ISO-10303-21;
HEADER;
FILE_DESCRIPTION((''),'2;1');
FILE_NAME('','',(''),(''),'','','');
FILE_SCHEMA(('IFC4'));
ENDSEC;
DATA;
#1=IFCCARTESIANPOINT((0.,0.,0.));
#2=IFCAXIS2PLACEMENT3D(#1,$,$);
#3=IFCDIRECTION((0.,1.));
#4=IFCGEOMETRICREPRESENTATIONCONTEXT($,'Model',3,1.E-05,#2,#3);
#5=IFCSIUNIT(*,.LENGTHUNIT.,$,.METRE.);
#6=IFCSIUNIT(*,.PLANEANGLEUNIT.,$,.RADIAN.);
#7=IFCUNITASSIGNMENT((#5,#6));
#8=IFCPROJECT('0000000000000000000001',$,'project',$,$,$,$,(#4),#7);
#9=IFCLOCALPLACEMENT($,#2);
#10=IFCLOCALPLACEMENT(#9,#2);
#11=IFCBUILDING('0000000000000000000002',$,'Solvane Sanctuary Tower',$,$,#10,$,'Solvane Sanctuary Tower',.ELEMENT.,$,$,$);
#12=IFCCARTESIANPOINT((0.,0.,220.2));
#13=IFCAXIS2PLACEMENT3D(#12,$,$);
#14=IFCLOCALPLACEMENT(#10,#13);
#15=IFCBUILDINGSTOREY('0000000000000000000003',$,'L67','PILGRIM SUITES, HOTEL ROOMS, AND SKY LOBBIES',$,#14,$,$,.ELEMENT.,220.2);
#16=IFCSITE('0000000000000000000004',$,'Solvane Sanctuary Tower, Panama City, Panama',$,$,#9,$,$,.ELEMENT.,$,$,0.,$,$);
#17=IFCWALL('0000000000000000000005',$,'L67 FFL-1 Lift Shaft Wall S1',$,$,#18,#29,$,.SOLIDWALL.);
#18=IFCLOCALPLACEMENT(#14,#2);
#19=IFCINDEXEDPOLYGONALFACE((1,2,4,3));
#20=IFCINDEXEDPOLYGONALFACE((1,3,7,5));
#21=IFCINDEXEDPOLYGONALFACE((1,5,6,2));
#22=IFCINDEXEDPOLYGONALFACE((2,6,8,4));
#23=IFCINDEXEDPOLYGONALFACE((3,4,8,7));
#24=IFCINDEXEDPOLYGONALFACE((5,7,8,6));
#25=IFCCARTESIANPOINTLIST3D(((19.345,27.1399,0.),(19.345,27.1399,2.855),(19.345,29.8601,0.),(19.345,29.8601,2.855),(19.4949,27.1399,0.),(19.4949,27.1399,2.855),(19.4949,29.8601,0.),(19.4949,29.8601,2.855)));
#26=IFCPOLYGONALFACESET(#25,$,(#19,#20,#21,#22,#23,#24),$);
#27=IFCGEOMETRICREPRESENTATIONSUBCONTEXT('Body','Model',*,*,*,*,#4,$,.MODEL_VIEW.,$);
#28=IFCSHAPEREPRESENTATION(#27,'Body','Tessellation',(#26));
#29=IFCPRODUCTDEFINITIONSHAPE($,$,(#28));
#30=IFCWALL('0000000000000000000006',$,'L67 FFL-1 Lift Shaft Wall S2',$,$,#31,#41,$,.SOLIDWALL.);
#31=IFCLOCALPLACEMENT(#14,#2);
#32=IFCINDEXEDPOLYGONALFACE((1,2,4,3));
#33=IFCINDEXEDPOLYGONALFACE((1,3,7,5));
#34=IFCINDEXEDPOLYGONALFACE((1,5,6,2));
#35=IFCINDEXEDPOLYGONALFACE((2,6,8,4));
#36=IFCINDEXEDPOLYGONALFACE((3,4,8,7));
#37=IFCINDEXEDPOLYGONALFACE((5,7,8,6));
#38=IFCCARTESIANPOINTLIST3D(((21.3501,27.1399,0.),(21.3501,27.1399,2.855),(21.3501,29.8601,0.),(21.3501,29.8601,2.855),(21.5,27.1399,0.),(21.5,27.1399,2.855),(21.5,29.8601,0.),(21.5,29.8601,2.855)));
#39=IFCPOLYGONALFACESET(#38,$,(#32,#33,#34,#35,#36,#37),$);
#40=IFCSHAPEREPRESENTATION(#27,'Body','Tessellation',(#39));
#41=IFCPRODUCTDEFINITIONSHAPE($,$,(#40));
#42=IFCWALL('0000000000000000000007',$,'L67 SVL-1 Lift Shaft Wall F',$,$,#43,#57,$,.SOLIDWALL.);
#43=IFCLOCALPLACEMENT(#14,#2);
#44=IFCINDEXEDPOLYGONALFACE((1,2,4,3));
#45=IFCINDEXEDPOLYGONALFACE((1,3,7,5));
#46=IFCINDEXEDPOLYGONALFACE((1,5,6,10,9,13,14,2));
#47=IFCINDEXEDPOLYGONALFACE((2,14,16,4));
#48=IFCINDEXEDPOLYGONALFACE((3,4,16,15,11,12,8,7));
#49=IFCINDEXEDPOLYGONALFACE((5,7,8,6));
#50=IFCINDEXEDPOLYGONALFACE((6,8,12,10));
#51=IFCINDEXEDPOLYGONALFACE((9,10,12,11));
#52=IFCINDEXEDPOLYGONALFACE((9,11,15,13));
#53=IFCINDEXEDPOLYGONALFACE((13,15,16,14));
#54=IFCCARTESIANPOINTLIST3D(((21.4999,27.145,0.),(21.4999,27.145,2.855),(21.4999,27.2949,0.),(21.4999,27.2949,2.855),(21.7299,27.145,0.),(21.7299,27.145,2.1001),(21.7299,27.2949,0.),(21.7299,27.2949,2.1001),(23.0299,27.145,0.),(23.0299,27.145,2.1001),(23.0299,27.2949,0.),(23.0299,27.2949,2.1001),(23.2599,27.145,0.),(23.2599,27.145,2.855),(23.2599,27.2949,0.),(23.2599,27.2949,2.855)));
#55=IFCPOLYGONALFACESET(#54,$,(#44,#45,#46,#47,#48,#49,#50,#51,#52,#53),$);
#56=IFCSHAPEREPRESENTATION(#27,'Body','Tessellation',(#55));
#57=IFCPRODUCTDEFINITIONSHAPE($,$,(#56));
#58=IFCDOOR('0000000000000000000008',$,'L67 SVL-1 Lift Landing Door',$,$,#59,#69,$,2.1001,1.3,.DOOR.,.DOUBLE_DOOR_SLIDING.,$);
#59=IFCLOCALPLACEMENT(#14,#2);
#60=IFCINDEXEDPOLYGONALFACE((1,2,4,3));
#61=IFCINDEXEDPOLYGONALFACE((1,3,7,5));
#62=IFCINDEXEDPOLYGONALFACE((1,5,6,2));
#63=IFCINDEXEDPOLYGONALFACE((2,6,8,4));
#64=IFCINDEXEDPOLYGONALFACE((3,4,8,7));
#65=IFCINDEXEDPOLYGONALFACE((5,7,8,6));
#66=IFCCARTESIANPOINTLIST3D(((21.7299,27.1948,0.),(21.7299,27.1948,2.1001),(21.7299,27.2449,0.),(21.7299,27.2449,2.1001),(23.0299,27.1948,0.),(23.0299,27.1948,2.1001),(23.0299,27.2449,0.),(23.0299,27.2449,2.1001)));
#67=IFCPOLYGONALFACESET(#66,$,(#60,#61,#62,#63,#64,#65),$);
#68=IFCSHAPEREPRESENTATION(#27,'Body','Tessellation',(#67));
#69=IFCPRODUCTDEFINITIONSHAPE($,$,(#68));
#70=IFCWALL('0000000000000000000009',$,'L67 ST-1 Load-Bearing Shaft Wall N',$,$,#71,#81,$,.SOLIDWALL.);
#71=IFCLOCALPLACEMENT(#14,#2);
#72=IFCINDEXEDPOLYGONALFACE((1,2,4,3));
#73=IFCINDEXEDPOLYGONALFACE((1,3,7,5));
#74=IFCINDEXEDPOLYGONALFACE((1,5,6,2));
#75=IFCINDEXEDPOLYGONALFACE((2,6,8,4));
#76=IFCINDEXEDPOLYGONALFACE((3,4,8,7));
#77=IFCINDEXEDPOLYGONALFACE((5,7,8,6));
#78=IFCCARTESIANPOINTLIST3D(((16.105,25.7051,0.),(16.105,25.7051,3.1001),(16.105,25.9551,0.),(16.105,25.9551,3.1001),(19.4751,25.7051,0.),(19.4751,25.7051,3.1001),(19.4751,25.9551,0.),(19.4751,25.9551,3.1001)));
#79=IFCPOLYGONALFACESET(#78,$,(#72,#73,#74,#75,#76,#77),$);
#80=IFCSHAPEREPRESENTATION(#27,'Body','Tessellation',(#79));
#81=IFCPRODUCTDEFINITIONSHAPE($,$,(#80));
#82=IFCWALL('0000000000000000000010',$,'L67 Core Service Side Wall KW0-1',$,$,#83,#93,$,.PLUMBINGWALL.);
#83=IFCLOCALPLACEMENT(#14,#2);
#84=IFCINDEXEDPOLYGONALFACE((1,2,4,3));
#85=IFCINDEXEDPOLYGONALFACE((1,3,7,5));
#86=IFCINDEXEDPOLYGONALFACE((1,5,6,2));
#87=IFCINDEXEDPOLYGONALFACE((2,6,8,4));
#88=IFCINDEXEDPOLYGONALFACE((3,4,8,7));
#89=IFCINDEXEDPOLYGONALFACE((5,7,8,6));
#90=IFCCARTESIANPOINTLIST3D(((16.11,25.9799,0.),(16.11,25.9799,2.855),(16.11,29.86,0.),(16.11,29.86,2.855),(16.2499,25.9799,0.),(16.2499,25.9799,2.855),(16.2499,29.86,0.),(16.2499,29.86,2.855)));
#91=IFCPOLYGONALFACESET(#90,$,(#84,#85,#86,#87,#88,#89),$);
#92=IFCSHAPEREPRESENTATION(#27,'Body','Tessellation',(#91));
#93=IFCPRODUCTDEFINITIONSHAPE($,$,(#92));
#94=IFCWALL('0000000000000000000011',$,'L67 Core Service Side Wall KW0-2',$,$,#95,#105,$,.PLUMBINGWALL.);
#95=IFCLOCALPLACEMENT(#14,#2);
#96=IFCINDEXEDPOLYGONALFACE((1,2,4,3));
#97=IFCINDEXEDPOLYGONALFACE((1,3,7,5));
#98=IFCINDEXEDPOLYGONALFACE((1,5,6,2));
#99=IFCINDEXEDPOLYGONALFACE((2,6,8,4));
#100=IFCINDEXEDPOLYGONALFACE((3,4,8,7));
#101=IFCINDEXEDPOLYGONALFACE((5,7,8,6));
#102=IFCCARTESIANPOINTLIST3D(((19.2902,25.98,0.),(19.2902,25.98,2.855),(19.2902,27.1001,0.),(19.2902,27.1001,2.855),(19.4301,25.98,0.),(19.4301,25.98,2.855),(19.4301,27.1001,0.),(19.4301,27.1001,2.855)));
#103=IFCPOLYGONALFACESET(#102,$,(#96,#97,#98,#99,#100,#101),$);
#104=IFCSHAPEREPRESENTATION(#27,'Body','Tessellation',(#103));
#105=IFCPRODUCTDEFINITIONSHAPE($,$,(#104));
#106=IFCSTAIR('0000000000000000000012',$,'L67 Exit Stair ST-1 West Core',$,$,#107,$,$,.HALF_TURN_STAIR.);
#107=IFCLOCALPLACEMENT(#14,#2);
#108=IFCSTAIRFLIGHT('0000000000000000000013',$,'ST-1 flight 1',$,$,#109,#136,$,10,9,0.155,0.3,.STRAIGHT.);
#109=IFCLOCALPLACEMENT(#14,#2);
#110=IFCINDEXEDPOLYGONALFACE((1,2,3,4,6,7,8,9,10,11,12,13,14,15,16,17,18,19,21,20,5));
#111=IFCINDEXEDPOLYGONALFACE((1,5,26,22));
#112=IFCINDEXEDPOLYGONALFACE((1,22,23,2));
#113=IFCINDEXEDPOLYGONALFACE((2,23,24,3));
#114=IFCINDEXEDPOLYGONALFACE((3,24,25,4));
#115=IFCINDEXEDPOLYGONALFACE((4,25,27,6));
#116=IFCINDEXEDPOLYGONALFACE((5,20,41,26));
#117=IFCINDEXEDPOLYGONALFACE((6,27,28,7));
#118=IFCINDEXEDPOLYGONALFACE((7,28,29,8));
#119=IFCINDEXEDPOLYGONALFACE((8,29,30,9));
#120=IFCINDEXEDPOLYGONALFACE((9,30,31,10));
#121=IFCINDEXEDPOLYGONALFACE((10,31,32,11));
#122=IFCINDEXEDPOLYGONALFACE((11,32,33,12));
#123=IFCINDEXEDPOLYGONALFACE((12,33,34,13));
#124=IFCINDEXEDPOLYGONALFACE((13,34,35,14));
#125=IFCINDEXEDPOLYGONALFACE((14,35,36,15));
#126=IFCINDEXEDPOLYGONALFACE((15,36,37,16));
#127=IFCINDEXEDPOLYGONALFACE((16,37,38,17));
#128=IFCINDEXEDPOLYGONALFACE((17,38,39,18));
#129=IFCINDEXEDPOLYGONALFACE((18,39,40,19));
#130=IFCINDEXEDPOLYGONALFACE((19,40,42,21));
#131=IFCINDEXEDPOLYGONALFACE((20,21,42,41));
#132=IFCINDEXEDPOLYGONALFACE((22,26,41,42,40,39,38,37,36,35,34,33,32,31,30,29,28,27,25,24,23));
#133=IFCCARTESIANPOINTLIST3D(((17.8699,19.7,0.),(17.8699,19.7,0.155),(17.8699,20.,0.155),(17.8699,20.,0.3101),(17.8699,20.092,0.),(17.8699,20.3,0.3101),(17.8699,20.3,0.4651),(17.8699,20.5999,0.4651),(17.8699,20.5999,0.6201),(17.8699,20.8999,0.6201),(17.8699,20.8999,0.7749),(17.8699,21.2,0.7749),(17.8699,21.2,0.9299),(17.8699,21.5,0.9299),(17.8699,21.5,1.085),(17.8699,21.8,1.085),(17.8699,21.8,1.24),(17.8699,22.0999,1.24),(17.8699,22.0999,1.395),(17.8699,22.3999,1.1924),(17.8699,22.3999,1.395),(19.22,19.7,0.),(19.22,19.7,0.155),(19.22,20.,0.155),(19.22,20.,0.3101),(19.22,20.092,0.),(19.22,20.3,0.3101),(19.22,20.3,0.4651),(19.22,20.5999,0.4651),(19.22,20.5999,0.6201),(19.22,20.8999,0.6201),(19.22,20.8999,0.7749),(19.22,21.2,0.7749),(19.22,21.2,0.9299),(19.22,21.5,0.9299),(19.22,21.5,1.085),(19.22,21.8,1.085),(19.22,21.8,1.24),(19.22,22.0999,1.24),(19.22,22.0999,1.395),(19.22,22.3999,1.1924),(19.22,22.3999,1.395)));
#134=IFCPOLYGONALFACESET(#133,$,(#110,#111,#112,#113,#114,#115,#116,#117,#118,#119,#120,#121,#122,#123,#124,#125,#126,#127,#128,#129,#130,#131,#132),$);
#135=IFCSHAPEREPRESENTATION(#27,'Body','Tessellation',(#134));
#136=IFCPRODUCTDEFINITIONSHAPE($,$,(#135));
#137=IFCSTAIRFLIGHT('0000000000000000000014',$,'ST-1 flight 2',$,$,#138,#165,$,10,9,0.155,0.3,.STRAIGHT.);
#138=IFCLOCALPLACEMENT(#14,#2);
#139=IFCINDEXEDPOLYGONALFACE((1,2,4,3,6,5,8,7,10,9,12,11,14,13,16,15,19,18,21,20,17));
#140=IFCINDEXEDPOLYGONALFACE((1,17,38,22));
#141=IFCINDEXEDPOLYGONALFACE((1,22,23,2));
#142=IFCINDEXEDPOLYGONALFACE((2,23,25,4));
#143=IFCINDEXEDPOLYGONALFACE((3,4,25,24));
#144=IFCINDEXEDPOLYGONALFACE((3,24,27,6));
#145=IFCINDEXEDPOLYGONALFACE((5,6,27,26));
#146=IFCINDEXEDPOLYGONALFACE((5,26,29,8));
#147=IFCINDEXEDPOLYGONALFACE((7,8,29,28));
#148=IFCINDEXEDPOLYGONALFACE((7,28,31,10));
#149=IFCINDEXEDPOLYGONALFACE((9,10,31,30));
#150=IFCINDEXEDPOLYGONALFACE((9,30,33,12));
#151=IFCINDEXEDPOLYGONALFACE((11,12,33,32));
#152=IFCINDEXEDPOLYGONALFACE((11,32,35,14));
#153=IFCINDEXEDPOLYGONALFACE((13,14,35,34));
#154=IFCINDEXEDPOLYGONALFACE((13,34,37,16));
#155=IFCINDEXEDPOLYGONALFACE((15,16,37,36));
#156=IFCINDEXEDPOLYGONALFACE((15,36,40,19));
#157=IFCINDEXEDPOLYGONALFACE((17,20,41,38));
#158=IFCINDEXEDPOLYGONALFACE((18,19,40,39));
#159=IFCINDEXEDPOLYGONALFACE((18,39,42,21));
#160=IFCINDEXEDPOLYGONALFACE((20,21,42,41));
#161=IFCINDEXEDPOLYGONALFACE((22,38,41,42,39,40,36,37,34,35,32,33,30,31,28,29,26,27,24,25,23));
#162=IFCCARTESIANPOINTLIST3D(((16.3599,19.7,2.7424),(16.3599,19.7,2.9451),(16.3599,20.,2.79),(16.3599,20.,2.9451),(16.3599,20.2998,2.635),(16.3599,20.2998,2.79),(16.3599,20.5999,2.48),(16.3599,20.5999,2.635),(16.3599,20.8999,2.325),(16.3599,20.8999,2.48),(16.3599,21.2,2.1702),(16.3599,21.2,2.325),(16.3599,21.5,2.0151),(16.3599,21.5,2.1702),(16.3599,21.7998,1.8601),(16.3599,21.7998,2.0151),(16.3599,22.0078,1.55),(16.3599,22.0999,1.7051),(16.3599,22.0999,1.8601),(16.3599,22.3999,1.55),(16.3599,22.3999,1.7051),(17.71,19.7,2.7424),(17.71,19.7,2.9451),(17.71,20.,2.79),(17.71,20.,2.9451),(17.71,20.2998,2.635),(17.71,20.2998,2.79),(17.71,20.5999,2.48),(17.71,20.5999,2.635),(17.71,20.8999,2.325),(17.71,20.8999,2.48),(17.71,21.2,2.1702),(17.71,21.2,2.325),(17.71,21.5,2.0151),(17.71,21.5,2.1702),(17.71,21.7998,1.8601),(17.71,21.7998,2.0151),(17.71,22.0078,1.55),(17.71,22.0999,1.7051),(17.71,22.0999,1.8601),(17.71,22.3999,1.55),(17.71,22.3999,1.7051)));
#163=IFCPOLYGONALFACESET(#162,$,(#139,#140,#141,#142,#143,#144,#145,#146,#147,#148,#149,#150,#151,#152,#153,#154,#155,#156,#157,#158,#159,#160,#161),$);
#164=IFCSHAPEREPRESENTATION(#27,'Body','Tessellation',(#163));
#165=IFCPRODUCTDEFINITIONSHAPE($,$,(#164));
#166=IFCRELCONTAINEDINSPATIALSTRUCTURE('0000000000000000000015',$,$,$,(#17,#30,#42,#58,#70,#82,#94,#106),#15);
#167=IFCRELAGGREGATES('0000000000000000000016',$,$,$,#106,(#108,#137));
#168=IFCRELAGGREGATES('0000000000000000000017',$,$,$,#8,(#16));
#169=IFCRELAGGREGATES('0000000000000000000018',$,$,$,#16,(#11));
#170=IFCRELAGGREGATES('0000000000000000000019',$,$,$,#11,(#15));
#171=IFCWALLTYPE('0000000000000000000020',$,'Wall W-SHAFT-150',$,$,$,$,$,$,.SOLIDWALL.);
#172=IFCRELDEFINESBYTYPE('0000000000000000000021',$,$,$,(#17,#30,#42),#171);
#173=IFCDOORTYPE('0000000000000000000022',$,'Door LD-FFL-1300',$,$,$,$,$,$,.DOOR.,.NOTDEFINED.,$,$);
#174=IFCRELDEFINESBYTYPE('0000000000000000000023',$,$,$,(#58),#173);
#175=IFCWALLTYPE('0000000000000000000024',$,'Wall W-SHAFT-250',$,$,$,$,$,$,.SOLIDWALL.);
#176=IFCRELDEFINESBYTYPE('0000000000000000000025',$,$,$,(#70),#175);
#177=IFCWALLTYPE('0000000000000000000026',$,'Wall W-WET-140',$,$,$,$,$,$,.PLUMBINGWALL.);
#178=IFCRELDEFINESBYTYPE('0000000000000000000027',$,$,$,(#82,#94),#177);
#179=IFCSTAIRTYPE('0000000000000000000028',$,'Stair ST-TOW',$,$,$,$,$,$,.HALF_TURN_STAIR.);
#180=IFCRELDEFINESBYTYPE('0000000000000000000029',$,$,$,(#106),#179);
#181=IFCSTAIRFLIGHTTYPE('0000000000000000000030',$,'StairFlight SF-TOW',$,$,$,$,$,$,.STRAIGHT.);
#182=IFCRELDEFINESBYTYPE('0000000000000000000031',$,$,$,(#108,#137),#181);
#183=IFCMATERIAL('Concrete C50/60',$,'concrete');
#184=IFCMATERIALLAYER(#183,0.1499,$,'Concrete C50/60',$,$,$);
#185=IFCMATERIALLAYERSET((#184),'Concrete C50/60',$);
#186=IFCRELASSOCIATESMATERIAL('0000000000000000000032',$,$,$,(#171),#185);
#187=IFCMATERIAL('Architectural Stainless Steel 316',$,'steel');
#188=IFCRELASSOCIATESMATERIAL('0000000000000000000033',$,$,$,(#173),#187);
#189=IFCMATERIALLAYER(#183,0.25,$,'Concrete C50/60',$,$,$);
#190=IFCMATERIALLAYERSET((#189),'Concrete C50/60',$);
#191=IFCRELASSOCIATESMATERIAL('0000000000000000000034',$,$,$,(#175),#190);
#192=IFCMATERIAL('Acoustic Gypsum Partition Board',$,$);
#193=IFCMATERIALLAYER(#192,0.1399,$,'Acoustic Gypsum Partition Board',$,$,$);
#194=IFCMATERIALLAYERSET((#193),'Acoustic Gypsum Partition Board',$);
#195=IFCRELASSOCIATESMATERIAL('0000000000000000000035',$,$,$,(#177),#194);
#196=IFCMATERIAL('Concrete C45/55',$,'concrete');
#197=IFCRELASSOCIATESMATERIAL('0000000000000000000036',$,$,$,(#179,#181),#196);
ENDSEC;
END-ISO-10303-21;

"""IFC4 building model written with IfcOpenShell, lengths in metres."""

from ifc_helpers import new_model, si_unit, direction, frame, frame_2d, origin, place, context, subcontext, project, spatial, polyline, rectangle, outline, extrude, material, layer, layer_set, type_object, element, fill, aggregate, save


model = new_model("IFC4")

# Units and contexts
model_context = context("Model", 3, precision=1e-05, world=origin(), true_north=direction((0.0, 1.0)))
body_context = subcontext(model_context, "Body", "Model", "MODEL_VIEW")
ifc_project = project(units=[si_unit("LENGTHUNIT", "METRE"), si_unit("PLANEANGLEUNIT", "RADIAN")], contexts=[model_context])

# Site, building, storey
site_placement = place(None, origin())
site = spatial("IfcSite", under=ifc_project, at=site_placement, Name="Solvane Sanctuary Tower, Panama City, Panama", CompositionType="ELEMENT", RefElevation=0.0)
building_placement = place(site_placement, origin())
building = spatial("IfcBuilding", under=site, at=building_placement, Name="Solvane Sanctuary Tower", LongName="Solvane Sanctuary Tower", CompositionType="ELEMENT")
storey_placement = place(building_placement, frame((0.0, 0.0, 220.2)))
storey = spatial("IfcBuildingStorey", under=building, at=storey_placement, Name="L67", Description="PILGRIM SUITES, HOTEL ROOMS, AND SKY LOBBIES", CompositionType="ELEMENT", Elevation=220.2)

# Shared definitions
ifc_material_1 = material(Name="Acoustic Gypsum Partition Board")

# Shared definitions
ifc_material_2 = material(Name="Concrete C50/60", Category="concrete")
ifc_layer_1 = layer(ifc_material_2, 0.1499, Name="Concrete C50/60")
ifc_layer_set_1 = layer_set([ifc_layer_1], Name="Concrete C50/60")
wall_type_1 = type_object("IfcWallType", Name="Wall W-SHAFT-150", PredefinedType="SOLIDWALL", material=ifc_layer_set_1)
ifc_material_3 = material(Name="Architectural Stainless Steel 316", Category="steel")
door_type_1 = type_object("IfcDoorType", Name="Door LD-FFL-1300", OperationType="NOTDEFINED", PredefinedType="DOOR", material=ifc_material_3)

# Walls
for number, where, z_axis, x_axis, name in (
    (1, (19.4199, 27.1399, 0.0), (0.0, 0.0, 1.0), (0.0, 1.0, 0.0), "L67 FFL-1 Lift Shaft Wall S1"),
    (2, (21.425, 27.1399, 0.0), (0.0, 0.0, 1.0), (0.0, 1.0, 0.0), "L67 FFL-1 Lift Shaft Wall S2"),
):
    element("IfcWall", number, at=place(storey_placement, frame(where, z_axis=z_axis, x_axis=x_axis)), inside=storey, type_object=wall_type_1, Name=name, PredefinedType="SOLIDWALL", context=body_context, shape_type="SweptSolid", body=[
        extrude(rectangle(XDim=2.7202, YDim=0.1499, at=frame_2d((1.3601, 0.0))), origin(), (0.0, 0.0, 1.0), 2.855),
    ])

# Wall, opening, door
wall_1_placement = place(storey_placement, frame((21.5, 27.22, 0.0), z_axis=(0.0, 0.0, 1.0), x_axis=(1.0, 0.0, 0.0)))
wall_1 = element("IfcWall", 3, at=wall_1_placement, inside=storey, type_object=wall_type_1, Name="L67 SVL-1 Lift Shaft Wall F", PredefinedType="SOLIDWALL", context=body_context, shape_type="SweptSolid", body=[
    extrude(rectangle(XDim=1.76, YDim=0.1499, at=frame_2d((0.8799, 0.0))), origin(), (0.0, 0.0, 1.0), 2.855),
])
opening_1_placement = place(wall_1_placement, frame((0.23, 0.0, 0.0)))
opening_1 = element("IfcOpeningElement", 4, at=opening_1_placement, cuts=wall_1, PredefinedType="OPENING", context=body_context, shape_type="SweptSolid", body=[
    extrude(rectangle(XDim=1.3, YDim=2.1001, at=frame_2d((0.6499, 1.05))), frame((0.0, 0.085, 0.0), z_axis=(0.0, -1.0, 0.0), x_axis=(1.0, 0.0, 0.0)), (0.0, 0.0, 1.0), 0.1699),
])
door_1_placement = place(opening_1_placement, origin())
door_1 = element("IfcDoor", 5, at=door_1_placement, inside=storey, type_object=door_type_1, Name="L67 SVL-1 Lift Landing Door", OperationType="DOUBLE_DOOR_SLIDING", OverallHeight=2.1001, OverallWidth=1.3, PredefinedType="DOOR", context=body_context, shape_type="SweptSolid", body=[
    extrude(rectangle(XDim=1.3, YDim=2.1001, at=frame_2d((0.6499, 1.05))), frame((0.0, 0.0249, 0.0), z_axis=(0.0, -1.0, 0.0), x_axis=(1.0, 0.0, 0.0)), (0.0, 0.0, 1.0), 0.05),
])
fill(opening_1, door_1)

# Walls
ifc_layer_2 = layer(ifc_material_2, 0.25, Name="Concrete C50/60")
ifc_layer_set_2 = layer_set([ifc_layer_2], Name="Concrete C50/60")
wall_type_2 = type_object("IfcWallType", Name="Wall W-SHAFT-250", PredefinedType="SOLIDWALL", material=ifc_layer_set_2)
wall_2_placement = place(storey_placement, frame((16.105, 25.8301, 0.0), z_axis=(0.0, 0.0, 1.0), x_axis=(1.0, 0.0, 0.0)))
element("IfcWall", 6, at=wall_2_placement, inside=storey, type_object=wall_type_2, Name="L67 ST-1 Load-Bearing Shaft Wall N", PredefinedType="SOLIDWALL", context=body_context, shape_type="SweptSolid", body=[
    extrude(rectangle(XDim=3.3701, YDim=0.25, at=frame_2d((1.6851, 0.0))), origin(), (0.0, 0.0, 1.0), 3.1001),
])
ifc_layer_3 = layer(ifc_material_1, 0.1399, Name="Acoustic Gypsum Partition Board")
ifc_layer_set_3 = layer_set([ifc_layer_3], Name="Acoustic Gypsum Partition Board")
wall_type_3 = type_object("IfcWallType", Name="Wall W-WET-140", PredefinedType="PLUMBINGWALL", material=ifc_layer_set_3)
wall_3_placement = place(storey_placement, frame((16.1799, 25.98, 0.0), z_axis=(0.0, 0.0, 1.0), x_axis=(0.0, 1.0, 0.0)))
element("IfcWall", 7, at=wall_3_placement, inside=storey, type_object=wall_type_3, Name="L67 Core Service Side Wall KW0-1", PredefinedType="PLUMBINGWALL", context=body_context, shape_type="SweptSolid", body=[
    extrude(rectangle(XDim=3.8801, YDim=0.1399, at=frame_2d((1.9399, 0.0))), origin(), (0.0, 0.0, 1.0), 2.855),
])
wall_4_placement = place(storey_placement, frame((19.3601, 25.98, 0.0), z_axis=(0.0, 0.0, 1.0), x_axis=(0.0, 1.0, 0.0)))
element("IfcWall", 8, at=wall_4_placement, inside=storey, type_object=wall_type_3, Name="L67 Core Service Side Wall KW0-2", PredefinedType="PLUMBINGWALL", context=body_context, shape_type="SweptSolid", body=[
    extrude(rectangle(XDim=1.1201, YDim=0.1399, at=frame_2d((0.5601, 0.0))), origin(), (0.0, 0.0, 1.0), 2.855),
])

# Stair, stair flights
ifc_material_4 = material(Name="Concrete C45/55", Category="concrete")
stair_type = type_object("IfcStairType", Name="Stair ST-TOW", PredefinedType="HALF_TURN_STAIR", material=ifc_material_4)
stair_placement = place(storey_placement, origin())
stair = element("IfcStair", 9, at=stair_placement, inside=storey, type_object=stair_type, Name="L67 Exit Stair ST-1 West Core", PredefinedType="HALF_TURN_STAIR")
stair_flight_type = type_object("IfcStairFlightType", Name="StairFlight SF-TOW", PredefinedType="STRAIGHT", material=ifc_material_4)
stair_flight_1_placement = place(storey_placement, frame((18.5449, 19.7, 0.0), z_axis=(0.0, 0.0, 1.0), x_axis=(0.0, 1.0, 0.0)))
stair_flight_1 = element("IfcStairFlight", 10, at=stair_flight_1_placement, type_object=stair_flight_type, Name="ST-1 flight 1", NumberOfRisers=10, NumberOfTreads=9, PredefinedType="STRAIGHT", RiserHeight=0.155, TreadLength=0.3, context=body_context, shape_type="SweptSolid", body=[
    extrude(outline(polyline([(0.0, 0.0), (0.0, 0.155), (0.3, 0.155), (0.3, 0.3101), (0.6001, 0.3101), (0.6001, 0.4651), (0.8999, 0.4651), (0.8999, 0.6201), (1.2, 0.6201), (1.2, 0.7749), (1.5, 0.7749), (1.5, 0.9299), (1.8, 0.9299), (1.8, 1.085), (2.1001, 1.085), (2.1001, 1.24), (2.3999, 1.24), (2.3999, 1.395), (2.7, 1.395), (2.7, 1.55), (2.7, 1.1924), (0.3921, 0.0), (0.0, 0.0)])), frame((0.0, 0.675, 0.0), z_axis=(0.0, -1.0, 0.0), x_axis=(1.0, 0.0, 0.0)), (0.0, 0.0, 1.0), 1.3501),
])
stair_flight_2_placement = place(storey_placement, frame((17.0349, 22.3999, 1.55), z_axis=(0.0, 0.0, 1.0), x_axis=(0.0, -1.0, 0.0)))
stair_flight_2 = element("IfcStairFlight", 11, at=stair_flight_2_placement, type_object=stair_flight_type, Name="ST-1 flight 2", NumberOfRisers=10, NumberOfTreads=9, PredefinedType="STRAIGHT", RiserHeight=0.155, TreadLength=0.3, context=body_context, shape_type="SweptSolid", body=[
    extrude(outline(polyline([(0.0, 0.0), (0.0, 0.155), (0.3, 0.155), (0.3, 0.3101), (0.6001, 0.3101), (0.6001, 0.4651), (0.8999, 0.4651), (0.8999, 0.6201), (1.2, 0.6201), (1.2, 0.7749), (1.5, 0.7749), (1.5, 0.9299), (1.8, 0.9299), (1.8, 1.085), (2.1001, 1.085), (2.1001, 1.24), (2.3999, 1.24), (2.3999, 1.395), (2.7, 1.395), (2.7, 1.55), (2.7, 1.1924), (0.3921, 0.0), (0.0, 0.0)])), frame((0.0, 0.675, 0.0), z_axis=(0.0, -1.0, 0.0), x_axis=(1.0, 0.0, 0.0)), (0.0, 0.0, 1.0), 1.3501),
])
aggregate(stair, [stair_flight_1, stair_flight_2])

save(model, "model.ifc")
